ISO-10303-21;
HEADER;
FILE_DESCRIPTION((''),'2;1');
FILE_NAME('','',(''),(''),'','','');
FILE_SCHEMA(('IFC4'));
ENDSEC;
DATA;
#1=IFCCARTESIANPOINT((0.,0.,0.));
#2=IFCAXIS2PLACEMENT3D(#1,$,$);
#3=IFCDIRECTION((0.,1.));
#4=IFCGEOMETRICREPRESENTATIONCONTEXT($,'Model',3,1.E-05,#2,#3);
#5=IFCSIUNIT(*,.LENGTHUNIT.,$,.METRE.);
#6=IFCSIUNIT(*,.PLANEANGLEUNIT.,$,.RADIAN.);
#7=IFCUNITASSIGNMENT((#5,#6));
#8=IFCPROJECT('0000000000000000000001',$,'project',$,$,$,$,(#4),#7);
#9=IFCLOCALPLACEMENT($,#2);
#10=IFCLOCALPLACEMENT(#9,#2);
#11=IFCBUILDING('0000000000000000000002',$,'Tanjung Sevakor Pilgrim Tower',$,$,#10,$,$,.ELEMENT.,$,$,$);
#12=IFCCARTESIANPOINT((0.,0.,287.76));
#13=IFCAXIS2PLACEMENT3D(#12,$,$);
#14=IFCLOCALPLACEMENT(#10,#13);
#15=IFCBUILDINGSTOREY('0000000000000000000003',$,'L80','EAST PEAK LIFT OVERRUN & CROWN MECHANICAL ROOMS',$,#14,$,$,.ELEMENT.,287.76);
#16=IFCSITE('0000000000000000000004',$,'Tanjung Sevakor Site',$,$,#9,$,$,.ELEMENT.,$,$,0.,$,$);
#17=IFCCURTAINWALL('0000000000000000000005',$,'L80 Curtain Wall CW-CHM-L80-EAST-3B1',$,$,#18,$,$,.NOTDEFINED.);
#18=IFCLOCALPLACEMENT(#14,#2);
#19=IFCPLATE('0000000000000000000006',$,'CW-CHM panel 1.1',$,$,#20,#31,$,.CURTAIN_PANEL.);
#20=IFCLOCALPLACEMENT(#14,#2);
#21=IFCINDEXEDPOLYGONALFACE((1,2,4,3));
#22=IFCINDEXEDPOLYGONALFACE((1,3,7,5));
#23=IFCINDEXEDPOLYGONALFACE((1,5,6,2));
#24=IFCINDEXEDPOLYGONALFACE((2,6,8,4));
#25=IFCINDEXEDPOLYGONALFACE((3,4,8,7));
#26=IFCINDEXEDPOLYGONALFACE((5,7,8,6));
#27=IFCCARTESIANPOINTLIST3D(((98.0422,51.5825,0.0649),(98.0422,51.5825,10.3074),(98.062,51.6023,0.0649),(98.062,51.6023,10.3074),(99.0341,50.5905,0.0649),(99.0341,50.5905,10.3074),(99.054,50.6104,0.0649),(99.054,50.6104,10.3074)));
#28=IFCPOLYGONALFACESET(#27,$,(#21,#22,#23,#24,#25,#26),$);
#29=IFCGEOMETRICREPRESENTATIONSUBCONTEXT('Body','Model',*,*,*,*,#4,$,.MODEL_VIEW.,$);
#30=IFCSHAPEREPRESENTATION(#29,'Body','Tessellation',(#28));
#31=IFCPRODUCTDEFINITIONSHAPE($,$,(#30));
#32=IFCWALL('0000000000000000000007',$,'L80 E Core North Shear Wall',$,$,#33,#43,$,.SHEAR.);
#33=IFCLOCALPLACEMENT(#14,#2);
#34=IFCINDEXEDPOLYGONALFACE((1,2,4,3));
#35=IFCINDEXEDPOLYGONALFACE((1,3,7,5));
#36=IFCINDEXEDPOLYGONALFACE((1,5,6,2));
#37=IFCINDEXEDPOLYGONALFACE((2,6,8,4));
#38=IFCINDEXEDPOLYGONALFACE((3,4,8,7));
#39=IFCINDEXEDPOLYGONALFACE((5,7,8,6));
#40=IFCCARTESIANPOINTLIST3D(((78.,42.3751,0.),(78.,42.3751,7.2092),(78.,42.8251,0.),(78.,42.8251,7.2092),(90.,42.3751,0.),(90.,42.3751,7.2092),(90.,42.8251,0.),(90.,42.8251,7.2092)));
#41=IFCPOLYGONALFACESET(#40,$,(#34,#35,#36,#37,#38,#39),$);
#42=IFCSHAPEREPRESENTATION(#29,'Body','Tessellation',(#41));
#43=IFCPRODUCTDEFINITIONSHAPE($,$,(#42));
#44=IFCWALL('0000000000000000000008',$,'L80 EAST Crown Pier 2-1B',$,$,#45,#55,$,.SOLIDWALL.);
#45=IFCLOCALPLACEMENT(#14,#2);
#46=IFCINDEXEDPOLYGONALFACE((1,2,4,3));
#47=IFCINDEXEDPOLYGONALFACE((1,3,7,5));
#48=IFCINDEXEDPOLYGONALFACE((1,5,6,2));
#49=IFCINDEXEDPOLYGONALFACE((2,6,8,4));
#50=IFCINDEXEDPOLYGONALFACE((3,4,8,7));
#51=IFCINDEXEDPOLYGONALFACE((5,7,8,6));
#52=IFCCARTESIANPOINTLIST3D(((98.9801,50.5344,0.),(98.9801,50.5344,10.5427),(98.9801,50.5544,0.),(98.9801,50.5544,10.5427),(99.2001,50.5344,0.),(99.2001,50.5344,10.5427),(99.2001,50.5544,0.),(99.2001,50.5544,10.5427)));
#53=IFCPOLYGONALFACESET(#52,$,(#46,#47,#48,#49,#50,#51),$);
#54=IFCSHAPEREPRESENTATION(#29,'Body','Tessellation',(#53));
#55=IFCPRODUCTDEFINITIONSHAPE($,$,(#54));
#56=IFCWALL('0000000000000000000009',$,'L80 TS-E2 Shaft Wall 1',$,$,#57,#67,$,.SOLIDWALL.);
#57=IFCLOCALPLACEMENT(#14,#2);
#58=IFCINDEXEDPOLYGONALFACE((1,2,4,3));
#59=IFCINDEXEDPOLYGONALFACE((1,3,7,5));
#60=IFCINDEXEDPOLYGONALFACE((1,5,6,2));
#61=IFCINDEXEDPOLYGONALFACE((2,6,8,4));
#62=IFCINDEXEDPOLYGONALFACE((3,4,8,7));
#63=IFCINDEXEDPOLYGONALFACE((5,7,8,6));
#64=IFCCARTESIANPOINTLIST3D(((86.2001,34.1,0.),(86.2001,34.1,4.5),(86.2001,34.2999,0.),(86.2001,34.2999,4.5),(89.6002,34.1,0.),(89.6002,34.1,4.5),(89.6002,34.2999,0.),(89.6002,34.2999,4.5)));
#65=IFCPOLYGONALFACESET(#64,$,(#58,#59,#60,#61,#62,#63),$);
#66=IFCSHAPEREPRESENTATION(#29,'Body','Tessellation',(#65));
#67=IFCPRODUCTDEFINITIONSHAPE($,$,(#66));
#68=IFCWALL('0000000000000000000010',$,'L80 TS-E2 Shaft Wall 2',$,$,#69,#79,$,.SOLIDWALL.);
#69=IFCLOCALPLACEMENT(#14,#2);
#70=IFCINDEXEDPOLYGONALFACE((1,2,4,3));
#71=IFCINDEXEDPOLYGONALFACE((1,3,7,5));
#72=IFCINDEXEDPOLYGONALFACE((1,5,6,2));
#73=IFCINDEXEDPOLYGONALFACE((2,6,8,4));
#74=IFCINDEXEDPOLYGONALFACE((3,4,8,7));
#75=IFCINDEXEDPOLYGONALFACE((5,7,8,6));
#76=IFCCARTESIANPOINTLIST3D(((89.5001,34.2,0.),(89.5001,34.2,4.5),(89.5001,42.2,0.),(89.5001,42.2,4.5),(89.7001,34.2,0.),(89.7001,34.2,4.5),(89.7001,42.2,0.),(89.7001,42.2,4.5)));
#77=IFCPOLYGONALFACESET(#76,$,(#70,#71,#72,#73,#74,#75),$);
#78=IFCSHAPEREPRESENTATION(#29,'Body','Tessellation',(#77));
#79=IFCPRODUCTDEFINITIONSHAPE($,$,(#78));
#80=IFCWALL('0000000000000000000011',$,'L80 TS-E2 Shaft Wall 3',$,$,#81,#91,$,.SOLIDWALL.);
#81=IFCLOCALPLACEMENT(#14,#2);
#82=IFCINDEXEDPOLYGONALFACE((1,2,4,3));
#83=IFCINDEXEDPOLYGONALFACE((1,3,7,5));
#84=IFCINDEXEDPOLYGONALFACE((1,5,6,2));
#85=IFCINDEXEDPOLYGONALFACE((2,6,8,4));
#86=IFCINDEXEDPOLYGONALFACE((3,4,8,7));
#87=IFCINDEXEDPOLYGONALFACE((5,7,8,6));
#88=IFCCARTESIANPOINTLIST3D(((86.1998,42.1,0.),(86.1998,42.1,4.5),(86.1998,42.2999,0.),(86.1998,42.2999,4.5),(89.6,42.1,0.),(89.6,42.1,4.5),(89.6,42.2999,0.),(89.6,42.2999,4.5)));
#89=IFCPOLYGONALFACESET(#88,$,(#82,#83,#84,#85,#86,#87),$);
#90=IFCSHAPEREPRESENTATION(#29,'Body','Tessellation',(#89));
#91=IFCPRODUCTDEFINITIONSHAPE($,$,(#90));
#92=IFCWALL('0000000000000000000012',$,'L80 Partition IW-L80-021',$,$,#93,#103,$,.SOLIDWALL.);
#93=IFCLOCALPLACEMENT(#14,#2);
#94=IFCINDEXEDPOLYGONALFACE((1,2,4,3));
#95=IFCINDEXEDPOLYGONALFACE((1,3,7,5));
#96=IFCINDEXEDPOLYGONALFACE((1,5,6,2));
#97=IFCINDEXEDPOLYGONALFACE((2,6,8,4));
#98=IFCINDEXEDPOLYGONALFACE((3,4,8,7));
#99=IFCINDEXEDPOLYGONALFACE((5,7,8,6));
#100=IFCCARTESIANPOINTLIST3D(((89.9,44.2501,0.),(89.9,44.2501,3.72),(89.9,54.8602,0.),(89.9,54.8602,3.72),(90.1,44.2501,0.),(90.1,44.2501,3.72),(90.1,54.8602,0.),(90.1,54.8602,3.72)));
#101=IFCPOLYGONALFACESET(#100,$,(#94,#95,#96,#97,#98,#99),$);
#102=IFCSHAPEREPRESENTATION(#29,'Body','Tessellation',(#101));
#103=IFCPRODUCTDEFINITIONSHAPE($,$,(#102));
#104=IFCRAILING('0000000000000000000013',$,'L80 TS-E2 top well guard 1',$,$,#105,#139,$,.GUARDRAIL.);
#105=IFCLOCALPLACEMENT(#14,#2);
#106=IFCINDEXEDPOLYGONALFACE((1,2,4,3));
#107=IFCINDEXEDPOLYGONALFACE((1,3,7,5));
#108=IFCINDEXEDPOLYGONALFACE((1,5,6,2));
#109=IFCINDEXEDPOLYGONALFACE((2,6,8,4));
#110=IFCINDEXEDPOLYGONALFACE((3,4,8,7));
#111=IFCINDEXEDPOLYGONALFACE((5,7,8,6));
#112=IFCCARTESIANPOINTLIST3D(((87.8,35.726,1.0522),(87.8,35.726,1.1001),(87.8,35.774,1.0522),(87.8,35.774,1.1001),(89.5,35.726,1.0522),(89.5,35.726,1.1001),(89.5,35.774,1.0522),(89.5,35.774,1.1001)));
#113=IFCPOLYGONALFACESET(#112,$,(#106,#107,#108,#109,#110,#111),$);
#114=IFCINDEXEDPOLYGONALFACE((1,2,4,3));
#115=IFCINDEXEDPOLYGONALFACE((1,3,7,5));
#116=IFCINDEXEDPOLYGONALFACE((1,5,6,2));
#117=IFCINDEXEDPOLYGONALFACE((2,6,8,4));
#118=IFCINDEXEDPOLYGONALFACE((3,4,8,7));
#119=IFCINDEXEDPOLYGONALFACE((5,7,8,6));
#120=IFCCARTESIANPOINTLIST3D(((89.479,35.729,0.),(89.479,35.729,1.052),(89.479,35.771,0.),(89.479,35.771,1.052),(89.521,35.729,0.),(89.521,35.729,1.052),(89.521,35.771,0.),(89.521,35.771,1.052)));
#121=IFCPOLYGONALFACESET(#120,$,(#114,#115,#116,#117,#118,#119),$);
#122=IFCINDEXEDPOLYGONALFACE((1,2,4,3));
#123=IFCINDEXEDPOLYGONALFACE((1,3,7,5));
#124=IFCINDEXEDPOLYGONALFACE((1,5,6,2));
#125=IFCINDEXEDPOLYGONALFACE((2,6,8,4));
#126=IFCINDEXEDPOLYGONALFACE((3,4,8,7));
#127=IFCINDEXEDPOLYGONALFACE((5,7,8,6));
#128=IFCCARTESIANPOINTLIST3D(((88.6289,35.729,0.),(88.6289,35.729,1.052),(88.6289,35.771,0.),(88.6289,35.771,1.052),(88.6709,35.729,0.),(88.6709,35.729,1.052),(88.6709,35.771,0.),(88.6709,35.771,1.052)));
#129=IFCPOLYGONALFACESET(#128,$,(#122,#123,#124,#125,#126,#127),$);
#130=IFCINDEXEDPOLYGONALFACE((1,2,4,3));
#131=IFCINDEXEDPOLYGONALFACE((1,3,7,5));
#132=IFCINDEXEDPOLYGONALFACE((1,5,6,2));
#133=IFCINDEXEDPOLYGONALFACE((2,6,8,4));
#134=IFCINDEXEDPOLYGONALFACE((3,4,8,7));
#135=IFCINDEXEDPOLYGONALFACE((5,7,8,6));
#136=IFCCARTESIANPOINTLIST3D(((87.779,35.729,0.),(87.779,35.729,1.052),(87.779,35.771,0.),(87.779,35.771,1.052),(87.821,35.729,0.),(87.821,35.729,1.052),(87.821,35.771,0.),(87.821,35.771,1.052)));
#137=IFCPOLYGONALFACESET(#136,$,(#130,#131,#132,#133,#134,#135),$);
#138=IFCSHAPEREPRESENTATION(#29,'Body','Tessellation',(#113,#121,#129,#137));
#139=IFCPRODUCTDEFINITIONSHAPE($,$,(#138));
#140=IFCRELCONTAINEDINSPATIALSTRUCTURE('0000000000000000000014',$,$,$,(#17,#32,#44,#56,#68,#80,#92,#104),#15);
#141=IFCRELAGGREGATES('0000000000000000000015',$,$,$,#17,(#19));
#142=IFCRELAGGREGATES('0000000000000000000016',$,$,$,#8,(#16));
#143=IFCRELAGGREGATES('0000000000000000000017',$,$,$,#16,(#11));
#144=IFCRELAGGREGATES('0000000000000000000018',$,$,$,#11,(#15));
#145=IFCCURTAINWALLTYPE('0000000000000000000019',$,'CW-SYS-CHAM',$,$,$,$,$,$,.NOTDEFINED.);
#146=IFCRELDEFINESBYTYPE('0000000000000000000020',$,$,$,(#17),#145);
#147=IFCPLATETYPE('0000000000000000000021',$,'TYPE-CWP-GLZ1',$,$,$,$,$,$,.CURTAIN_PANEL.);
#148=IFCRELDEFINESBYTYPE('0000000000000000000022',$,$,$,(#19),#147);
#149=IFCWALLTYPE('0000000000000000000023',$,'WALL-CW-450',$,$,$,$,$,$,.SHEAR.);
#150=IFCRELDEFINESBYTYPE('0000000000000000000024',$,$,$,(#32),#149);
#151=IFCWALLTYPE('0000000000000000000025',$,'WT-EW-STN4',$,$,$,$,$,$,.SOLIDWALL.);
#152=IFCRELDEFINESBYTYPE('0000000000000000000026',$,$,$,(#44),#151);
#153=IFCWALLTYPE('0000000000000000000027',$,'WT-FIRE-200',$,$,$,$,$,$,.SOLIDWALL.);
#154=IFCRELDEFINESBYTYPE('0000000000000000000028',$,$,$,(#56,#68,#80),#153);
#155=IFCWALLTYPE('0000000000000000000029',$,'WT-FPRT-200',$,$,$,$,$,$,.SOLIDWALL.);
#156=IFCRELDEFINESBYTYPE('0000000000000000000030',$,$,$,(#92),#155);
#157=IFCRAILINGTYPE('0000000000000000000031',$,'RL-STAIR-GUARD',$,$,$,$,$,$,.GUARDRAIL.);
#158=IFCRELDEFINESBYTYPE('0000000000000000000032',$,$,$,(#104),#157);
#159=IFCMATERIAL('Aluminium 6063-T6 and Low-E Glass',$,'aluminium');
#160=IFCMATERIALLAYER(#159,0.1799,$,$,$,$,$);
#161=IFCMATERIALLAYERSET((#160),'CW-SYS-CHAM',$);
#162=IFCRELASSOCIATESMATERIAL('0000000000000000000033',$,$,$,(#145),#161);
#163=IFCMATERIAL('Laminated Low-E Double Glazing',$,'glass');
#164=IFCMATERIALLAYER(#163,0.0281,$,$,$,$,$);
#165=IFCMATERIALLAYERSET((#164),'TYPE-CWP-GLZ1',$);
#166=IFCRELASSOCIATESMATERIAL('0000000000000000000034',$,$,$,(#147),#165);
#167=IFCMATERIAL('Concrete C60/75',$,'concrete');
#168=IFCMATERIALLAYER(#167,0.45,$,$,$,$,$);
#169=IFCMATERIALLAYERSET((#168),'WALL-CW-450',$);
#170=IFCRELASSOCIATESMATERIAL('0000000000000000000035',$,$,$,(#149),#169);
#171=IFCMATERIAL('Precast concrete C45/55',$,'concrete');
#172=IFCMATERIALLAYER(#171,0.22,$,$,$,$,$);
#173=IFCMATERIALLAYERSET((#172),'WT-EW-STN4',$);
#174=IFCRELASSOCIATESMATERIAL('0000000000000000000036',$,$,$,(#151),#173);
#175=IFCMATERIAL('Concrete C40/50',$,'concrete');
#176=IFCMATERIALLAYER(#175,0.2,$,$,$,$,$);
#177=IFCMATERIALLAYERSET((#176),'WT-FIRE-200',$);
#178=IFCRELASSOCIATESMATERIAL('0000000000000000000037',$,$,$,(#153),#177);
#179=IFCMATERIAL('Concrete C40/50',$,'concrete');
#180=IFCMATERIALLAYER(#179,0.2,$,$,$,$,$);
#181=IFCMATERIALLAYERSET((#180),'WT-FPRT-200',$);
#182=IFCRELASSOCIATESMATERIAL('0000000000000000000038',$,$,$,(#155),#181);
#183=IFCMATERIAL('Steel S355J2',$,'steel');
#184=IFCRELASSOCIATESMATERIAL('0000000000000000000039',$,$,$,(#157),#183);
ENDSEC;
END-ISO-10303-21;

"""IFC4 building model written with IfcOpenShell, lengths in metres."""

from ifc_helpers import new_model, si_unit, direction, frame, frame_2d, origin, origin_2d, place, context, subcontext, project, spatial, rectangle, extrude, material, layer, layer_set, type_object, element, aggregate, save


model = new_model("IFC4")

# Units and contexts
model_context = context("Model", 3, precision=1e-05, world=origin(), true_north=direction((0.0, 1.0)))
body_context = subcontext(model_context, "Body", "Model", "MODEL_VIEW")
ifc_project = project(units=[si_unit("LENGTHUNIT", "METRE"), si_unit("PLANEANGLEUNIT", "RADIAN")], contexts=[model_context])

# Site, building, storey
site_placement = place(None, origin())
site = spatial("IfcSite", under=ifc_project, at=site_placement, Name="Tanjung Sevakor Site", CompositionType="ELEMENT", RefElevation=0.0)
building_placement = place(site_placement, origin())
building = spatial("IfcBuilding", under=site, at=building_placement, Name="Tanjung Sevakor Pilgrim Tower", CompositionType="ELEMENT")
storey_placement = place(building_placement, frame((0.0, 0.0, 287.76)))
storey = spatial("IfcBuildingStorey", under=building, at=storey_placement, Name="L80", Description="EAST PEAK LIFT OVERRUN & CROWN MECHANICAL ROOMS", CompositionType="ELEMENT", Elevation=287.76)

# Curtain wall
ifc_material_1 = material(Name="Aluminium 6063-T6 and Low-E Glass", Category="aluminium")
ifc_layer_1 = layer(ifc_material_1, 0.1799)
ifc_layer_set_1 = layer_set([ifc_layer_1], Name="CW-SYS-CHAM")
curtain_wall_type_1 = type_object("IfcCurtainWallType", Name="CW-SYS-CHAM", PredefinedType="NOTDEFINED", material=ifc_layer_set_1)
curtain_wall_1_placement = place(storey_placement, origin())
curtain_wall_1 = element("IfcCurtainWall", 1, at=curtain_wall_1_placement, inside=storey, type_object=curtain_wall_type_1, Name="L80 Curtain Wall CW-CHM-L80-EAST-3B1", PredefinedType="NOTDEFINED")

# Plate
ifc_material_2 = material(Name="Laminated Low-E Double Glazing", Category="glass")
ifc_layer_2 = layer(ifc_material_2, 0.0281)
ifc_layer_set_2 = layer_set([ifc_layer_2], Name="TYPE-CWP-GLZ1")
plate_type_1 = type_object("IfcPlateType", Name="TYPE-CWP-GLZ1", PredefinedType="CURTAIN_PANEL", material=ifc_layer_set_2)
plate_1_placement = place(storey_placement, frame((98.5481, 51.0964, 0.0649), z_axis=(0.0, 0.0, 1.0), x_axis=(-0.707107, 0.707107, 0.0)))
plate_1 = element("IfcPlate", 2, at=plate_1_placement, type_object=plate_type_1, Name="CW-CHM panel 1.1", PredefinedType="CURTAIN_PANEL", context=body_context, shape_type="SweptSolid", body=[
    extrude(rectangle(XDim=1.4028, YDim=0.0281, at=origin_2d()), origin(), (0.0, 0.0, 1.0), 10.2424),
])
aggregate(curtain_wall_1, [plate_1])

# Walls
ifc_material_3 = material(Name="Concrete C60/75", Category="concrete")
ifc_layer_3 = layer(ifc_material_3, 0.45)
ifc_layer_set_3 = layer_set([ifc_layer_3], Name="WALL-CW-450")
wall_type_1 = type_object("IfcWallType", Name="WALL-CW-450", PredefinedType="SHEAR", material=ifc_layer_set_3)
wall_1_placement = place(storey_placement, frame((90.0, 42.6001, 0.0), z_axis=(0.0, 0.0, 1.0), x_axis=(-1.0, 0.0, 0.0)))
element("IfcWall", 3, at=wall_1_placement, inside=storey, type_object=wall_type_1, Name="L80 E Core North Shear Wall", PredefinedType="SHEAR", context=body_context, shape_type="SweptSolid", body=[
    extrude(rectangle(XDim=12.0, YDim=0.45, at=frame_2d((6.0, 0.0))), origin(), (0.0, 0.0, 1.0), 7.2092),
])
ifc_material_4 = material(Name="Precast concrete C45/55", Category="concrete")
ifc_layer_4 = layer(ifc_material_4, 0.22)
ifc_layer_set_4 = layer_set([ifc_layer_4], Name="WT-EW-STN4")
wall_type_2 = type_object("IfcWallType", Name="WT-EW-STN4", PredefinedType="SOLIDWALL", material=ifc_layer_set_4)
wall_2_placement = place(storey_placement, frame((99.0901, 50.5344, 0.0), z_axis=(0.0, 0.0, 1.0), x_axis=(0.0, 1.0, 0.0)))
element("IfcWall", 4, at=wall_2_placement, inside=storey, type_object=wall_type_2, Name="L80 EAST Crown Pier 2-1B", PredefinedType="SOLIDWALL", context=body_context, shape_type="SweptSolid", body=[
    extrude(rectangle(XDim=0.02, YDim=0.22, at=frame_2d((0.01, 0.0))), origin(), (0.0, 0.0, 1.0), 10.5427),
])
ifc_material_5 = material(Name="Concrete C40/50", Category="concrete")
ifc_layer_5 = layer(ifc_material_5, 0.2)
ifc_layer_set_5 = layer_set([ifc_layer_5], Name="WT-FIRE-200")
wall_type_3 = type_object("IfcWallType", Name="WT-FIRE-200", PredefinedType="SOLIDWALL", material=ifc_layer_set_5)
wall_3_placement = place(storey_placement, frame((86.2, 34.2, 0.0), z_axis=(0.0, 0.0, 1.0), x_axis=(1.0, 0.0, 0.0)))
element("IfcWall", 5, at=wall_3_placement, inside=storey, type_object=wall_type_3, Name="L80 TS-E2 Shaft Wall 1", PredefinedType="SOLIDWALL", context=body_context, shape_type="SweptSolid", body=[
    extrude(rectangle(XDim=3.4001, YDim=0.2, at=frame_2d((1.7002, 0.0))), origin(), (0.0, 0.0, 1.0), 4.5),
])
wall_4_placement = place(storey_placement, frame((89.6001, 34.2, 0.0), z_axis=(0.0, 0.0, 1.0), x_axis=(0.0, 1.0, 0.0)))
element("IfcWall", 6, at=wall_4_placement, inside=storey, type_object=wall_type_3, Name="L80 TS-E2 Shaft Wall 2", PredefinedType="SOLIDWALL", context=body_context, shape_type="SweptSolid", body=[
    extrude(rectangle(XDim=8.0, YDim=0.2, at=frame_2d((4.0, 0.0))), origin(), (0.0, 0.0, 1.0), 4.5),
])
wall_5_placement = place(storey_placement, frame((89.6001, 42.2, 0.0), z_axis=(0.0, 0.0, 1.0), x_axis=(-1.0, 0.0, 0.0)))
element("IfcWall", 7, at=wall_5_placement, inside=storey, type_object=wall_type_3, Name="L80 TS-E2 Shaft Wall 3", PredefinedType="SOLIDWALL", context=body_context, shape_type="SweptSolid", body=[
    extrude(rectangle(XDim=3.4001, YDim=0.2, at=frame_2d((1.7002, 0.0))), origin(), (0.0, 0.0, 1.0), 4.5),
])
ifc_material_6 = material(Name="Concrete C40/50", Category="concrete")
ifc_layer_6 = layer(ifc_material_6, 0.2)
ifc_layer_set_6 = layer_set([ifc_layer_6], Name="WT-FPRT-200")
wall_type_4 = type_object("IfcWallType", Name="WT-FPRT-200", PredefinedType="SOLIDWALL", material=ifc_layer_set_6)
wall_6_placement = place(storey_placement, frame((90.0, 44.25, 0.0), z_axis=(0.0, 0.0, 1.0), x_axis=(0.0, 1.0, 0.0)))
element("IfcWall", 8, at=wall_6_placement, inside=storey, type_object=wall_type_4, Name="L80 Partition IW-L80-021", PredefinedType="SOLIDWALL", context=body_context, shape_type="SweptSolid", body=[
    extrude(rectangle(XDim=10.6101, YDim=0.2, at=frame_2d((5.3052, 0.0))), origin(), (0.0, 0.0, 1.0), 3.72),
])

# Railing
ifc_material_7 = material(Name="Steel S355J2", Category="steel")
railing_type = type_object("IfcRailingType", Name="RL-STAIR-GUARD", PredefinedType="GUARDRAIL", material=ifc_material_7)
railing_placement = place(storey_placement, frame((89.5, 35.75, 0.0)))
element("IfcRailing", 9, at=railing_placement, inside=storey, type_object=railing_type, Name="L80 TS-E2 top well guard 1", PredefinedType="GUARDRAIL", context=body_context, shape_type="SweptSolid", body=[
    extrude(rectangle(XDim=0.0479, YDim=0.0479), frame((0.0, 0.0, 1.0762), z_axis=(-1.0, 0.0, 0.0), x_axis=(0.0, -1.0, 0.0)), (0.0, 0.0, 1.0), 1.7),
    extrude(rectangle(XDim=0.042, YDim=0.042), origin(), (0.0, 0.0, 1.0), 1.052),
    extrude(rectangle(XDim=0.042, YDim=0.042), frame((-0.8501, 0.0, 0.0)), (0.0, 0.0, 1.0), 1.052),
    extrude(rectangle(XDim=0.042, YDim=0.042), frame((-1.7, 0.0, 0.0)), (0.0, 0.0, 1.0), 1.052),
])

save(model, "model.ifc")
